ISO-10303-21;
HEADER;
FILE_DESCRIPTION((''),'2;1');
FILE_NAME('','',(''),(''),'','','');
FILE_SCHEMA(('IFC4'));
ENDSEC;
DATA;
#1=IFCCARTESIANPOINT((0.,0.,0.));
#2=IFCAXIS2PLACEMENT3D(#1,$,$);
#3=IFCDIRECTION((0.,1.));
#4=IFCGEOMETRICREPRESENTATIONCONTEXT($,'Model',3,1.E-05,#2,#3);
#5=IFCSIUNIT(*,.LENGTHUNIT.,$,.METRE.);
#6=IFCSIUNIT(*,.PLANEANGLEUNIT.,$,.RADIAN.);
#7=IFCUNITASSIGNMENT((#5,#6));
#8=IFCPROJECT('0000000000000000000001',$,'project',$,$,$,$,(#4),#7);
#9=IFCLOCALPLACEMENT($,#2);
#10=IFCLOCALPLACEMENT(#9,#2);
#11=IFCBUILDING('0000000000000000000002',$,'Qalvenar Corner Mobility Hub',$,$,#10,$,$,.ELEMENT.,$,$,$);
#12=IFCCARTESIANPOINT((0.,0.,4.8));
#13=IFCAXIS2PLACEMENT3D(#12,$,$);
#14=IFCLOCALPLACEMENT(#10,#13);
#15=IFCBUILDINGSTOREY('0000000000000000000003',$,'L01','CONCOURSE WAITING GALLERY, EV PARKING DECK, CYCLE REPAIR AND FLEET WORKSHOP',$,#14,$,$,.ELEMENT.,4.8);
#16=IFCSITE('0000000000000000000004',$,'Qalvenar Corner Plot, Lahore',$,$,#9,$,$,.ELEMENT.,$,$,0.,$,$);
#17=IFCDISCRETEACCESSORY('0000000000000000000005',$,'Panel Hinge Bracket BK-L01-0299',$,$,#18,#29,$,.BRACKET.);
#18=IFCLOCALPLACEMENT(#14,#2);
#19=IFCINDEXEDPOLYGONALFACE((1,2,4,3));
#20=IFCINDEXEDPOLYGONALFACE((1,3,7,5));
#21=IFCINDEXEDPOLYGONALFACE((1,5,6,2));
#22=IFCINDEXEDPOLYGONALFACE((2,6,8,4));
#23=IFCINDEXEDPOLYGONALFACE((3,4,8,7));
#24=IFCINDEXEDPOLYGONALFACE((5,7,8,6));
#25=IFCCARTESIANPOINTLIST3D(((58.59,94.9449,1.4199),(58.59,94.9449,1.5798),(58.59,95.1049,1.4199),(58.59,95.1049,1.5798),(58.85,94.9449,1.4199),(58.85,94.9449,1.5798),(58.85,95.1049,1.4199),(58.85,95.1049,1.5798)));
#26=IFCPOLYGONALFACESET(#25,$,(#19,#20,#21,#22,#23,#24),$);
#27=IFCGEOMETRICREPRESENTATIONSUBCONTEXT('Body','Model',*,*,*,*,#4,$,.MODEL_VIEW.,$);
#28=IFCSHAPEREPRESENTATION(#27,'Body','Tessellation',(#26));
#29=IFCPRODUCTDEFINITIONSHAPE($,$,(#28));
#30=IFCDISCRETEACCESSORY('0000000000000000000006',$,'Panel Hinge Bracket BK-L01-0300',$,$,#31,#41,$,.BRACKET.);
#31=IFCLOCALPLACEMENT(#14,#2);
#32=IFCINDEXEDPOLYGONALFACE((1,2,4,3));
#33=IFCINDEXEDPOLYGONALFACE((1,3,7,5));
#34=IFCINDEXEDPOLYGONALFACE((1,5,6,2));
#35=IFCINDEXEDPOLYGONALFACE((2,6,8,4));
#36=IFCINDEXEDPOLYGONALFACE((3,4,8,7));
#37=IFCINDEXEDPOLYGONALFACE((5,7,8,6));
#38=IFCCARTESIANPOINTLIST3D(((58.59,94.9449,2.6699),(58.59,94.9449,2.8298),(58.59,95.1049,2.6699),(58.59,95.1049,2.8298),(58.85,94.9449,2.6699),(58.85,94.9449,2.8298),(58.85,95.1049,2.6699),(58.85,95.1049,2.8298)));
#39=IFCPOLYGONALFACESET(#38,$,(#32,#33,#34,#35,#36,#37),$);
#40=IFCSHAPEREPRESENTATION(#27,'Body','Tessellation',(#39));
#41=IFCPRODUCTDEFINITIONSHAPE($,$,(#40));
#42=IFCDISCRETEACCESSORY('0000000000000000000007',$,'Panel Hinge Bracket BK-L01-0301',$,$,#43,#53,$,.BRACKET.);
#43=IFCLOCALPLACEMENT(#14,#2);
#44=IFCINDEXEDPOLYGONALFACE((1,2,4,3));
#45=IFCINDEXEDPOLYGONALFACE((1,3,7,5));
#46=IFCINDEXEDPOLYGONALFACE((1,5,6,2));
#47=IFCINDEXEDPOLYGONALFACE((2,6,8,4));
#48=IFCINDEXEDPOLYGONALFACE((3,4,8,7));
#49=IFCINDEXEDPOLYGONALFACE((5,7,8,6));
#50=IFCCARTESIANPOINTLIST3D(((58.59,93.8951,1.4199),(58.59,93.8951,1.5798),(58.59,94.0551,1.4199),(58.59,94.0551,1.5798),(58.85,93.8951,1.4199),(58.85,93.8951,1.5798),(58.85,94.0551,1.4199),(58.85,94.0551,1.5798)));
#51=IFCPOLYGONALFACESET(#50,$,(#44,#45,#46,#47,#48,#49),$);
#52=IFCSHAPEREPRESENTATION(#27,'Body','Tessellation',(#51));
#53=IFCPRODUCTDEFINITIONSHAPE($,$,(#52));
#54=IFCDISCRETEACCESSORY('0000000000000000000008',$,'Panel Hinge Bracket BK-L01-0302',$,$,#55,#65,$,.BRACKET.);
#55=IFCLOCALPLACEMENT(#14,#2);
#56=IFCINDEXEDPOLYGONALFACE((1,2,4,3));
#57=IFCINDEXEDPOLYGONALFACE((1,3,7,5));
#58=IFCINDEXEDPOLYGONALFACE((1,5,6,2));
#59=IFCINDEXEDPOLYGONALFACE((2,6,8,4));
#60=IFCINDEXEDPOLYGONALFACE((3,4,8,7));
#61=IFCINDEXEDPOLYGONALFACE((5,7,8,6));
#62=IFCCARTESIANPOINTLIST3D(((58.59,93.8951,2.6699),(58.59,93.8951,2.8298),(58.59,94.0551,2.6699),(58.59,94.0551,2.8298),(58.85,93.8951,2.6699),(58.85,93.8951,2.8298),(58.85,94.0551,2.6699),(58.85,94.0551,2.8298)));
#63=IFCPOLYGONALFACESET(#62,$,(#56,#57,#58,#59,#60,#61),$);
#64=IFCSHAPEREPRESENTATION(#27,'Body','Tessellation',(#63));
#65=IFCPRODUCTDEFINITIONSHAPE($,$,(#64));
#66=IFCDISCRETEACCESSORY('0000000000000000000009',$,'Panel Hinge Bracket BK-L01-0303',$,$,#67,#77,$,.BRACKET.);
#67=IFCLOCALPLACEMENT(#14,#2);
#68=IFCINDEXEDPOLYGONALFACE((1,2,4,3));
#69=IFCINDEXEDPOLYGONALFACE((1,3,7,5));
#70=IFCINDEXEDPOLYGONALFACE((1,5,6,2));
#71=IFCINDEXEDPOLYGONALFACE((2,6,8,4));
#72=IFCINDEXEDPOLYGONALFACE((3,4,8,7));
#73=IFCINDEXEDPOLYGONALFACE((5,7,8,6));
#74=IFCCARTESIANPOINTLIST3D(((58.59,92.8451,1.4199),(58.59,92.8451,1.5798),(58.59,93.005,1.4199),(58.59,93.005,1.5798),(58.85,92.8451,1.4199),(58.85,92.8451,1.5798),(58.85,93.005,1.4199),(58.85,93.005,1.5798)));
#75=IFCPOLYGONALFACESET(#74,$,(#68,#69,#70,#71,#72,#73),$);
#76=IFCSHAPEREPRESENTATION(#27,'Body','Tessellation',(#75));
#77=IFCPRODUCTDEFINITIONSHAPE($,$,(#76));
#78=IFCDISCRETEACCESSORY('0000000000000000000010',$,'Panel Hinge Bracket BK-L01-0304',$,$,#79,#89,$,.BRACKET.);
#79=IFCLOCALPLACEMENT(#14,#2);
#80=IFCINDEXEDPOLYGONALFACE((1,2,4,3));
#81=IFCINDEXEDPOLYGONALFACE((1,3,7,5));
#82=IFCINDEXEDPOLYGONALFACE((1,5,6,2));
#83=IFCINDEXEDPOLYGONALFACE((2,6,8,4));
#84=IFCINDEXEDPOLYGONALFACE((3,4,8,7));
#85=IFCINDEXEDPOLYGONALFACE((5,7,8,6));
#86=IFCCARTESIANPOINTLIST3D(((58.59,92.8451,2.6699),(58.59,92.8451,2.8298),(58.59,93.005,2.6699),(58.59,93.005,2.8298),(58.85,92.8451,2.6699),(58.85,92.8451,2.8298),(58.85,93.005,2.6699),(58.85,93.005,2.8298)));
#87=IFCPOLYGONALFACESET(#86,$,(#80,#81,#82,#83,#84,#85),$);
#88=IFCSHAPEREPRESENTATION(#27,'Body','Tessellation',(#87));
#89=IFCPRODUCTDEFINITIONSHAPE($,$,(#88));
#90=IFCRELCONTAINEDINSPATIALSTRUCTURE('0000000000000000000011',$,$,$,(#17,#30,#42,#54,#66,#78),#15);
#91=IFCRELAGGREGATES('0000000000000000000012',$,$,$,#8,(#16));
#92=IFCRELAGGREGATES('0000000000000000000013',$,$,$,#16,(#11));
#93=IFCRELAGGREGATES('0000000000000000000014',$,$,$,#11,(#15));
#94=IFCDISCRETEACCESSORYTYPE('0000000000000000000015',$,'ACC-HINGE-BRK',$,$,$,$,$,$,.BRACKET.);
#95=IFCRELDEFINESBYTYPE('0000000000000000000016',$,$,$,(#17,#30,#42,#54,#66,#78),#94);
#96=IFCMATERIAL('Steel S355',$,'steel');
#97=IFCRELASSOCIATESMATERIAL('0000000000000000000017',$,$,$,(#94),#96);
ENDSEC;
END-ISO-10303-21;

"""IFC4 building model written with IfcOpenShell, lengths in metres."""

from ifc_helpers import new_model, si_unit, direction, frame, origin, origin_2d, place, context, subcontext, project, spatial, rectangle, extrude, material, type_object, element, save


model = new_model("IFC4")

# Units and contexts
model_context = context("Model", 3, precision=1e-05, world=origin(), true_north=direction((0.0, 1.0)))
body_context = subcontext(model_context, "Body", "Model", "MODEL_VIEW")
ifc_project = project(units=[si_unit("LENGTHUNIT", "METRE"), si_unit("PLANEANGLEUNIT", "RADIAN")], contexts=[model_context])

# Site, building, storey
site_placement = place(None, origin())
site = spatial("IfcSite", under=ifc_project, at=site_placement, Name="Qalvenar Corner Plot, Lahore", CompositionType="ELEMENT", RefElevation=0.0)
building_placement = place(site_placement, origin())
building = spatial("IfcBuilding", under=site, at=building_placement, Name="Qalvenar Corner Mobility Hub", CompositionType="ELEMENT")
storey_placement = place(building_placement, frame((0.0, 0.0, 4.8)))
storey = spatial("IfcBuildingStorey", under=building, at=storey_placement, Name="L01", Description="CONCOURSE WAITING GALLERY, EV PARKING DECK, CYCLE REPAIR AND FLEET WORKSHOP", CompositionType="ELEMENT", Elevation=4.8)

# Shared definitions
ifc_material_1 = material(Name="Steel S355", Category="steel")

# Discrete accessories
discrete_accessory_type = type_object("IfcDiscreteAccessoryType", Name="ACC-HINGE-BRK", PredefinedType="BRACKET", material=ifc_material_1)
for number, where, z_axis, x_axis, name in (
    (1, (58.72, 95.0249, 1.4199), (0.0, 0.0, 1.0), (0.0, -1.0, 0.0), "Panel Hinge Bracket BK-L01-0299"),
    (2, (58.72, 95.0249, 2.6699), (0.0, 0.0, 1.0), (0.0, -1.0, 0.0), "Panel Hinge Bracket BK-L01-0300"),
    (3, (58.72, 93.9751, 1.4199), (0.0, 0.0, 1.0), (0.0, -1.0, 0.0), "Panel Hinge Bracket BK-L01-0301"),
    (4, (58.72, 93.9751, 2.6699), (0.0, 0.0, 1.0), (0.0, -1.0, 0.0), "Panel Hinge Bracket BK-L01-0302"),
    (5, (58.72, 92.925, 1.4199), (0.0, 0.0, 1.0), (0.0, -1.0, 0.0), "Panel Hinge Bracket BK-L01-0303"),
    (6, (58.72, 92.925, 2.6699), (0.0, 0.0, 1.0), (0.0, -1.0, 0.0), "Panel Hinge Bracket BK-L01-0304"),
):
    element("IfcDiscreteAccessory", number, at=place(storey_placement, frame(where, z_axis=z_axis, x_axis=x_axis)), inside=storey, type_object=discrete_accessory_type, Name=name, PredefinedType="BRACKET", context=body_context, shape_type="SweptSolid", body=[
        extrude(rectangle(XDim=0.1599, YDim=0.26, at=origin_2d()), origin(), (0.0, 0.0, 1.0), 0.1599),
    ])

save(model, "model.ifc")
